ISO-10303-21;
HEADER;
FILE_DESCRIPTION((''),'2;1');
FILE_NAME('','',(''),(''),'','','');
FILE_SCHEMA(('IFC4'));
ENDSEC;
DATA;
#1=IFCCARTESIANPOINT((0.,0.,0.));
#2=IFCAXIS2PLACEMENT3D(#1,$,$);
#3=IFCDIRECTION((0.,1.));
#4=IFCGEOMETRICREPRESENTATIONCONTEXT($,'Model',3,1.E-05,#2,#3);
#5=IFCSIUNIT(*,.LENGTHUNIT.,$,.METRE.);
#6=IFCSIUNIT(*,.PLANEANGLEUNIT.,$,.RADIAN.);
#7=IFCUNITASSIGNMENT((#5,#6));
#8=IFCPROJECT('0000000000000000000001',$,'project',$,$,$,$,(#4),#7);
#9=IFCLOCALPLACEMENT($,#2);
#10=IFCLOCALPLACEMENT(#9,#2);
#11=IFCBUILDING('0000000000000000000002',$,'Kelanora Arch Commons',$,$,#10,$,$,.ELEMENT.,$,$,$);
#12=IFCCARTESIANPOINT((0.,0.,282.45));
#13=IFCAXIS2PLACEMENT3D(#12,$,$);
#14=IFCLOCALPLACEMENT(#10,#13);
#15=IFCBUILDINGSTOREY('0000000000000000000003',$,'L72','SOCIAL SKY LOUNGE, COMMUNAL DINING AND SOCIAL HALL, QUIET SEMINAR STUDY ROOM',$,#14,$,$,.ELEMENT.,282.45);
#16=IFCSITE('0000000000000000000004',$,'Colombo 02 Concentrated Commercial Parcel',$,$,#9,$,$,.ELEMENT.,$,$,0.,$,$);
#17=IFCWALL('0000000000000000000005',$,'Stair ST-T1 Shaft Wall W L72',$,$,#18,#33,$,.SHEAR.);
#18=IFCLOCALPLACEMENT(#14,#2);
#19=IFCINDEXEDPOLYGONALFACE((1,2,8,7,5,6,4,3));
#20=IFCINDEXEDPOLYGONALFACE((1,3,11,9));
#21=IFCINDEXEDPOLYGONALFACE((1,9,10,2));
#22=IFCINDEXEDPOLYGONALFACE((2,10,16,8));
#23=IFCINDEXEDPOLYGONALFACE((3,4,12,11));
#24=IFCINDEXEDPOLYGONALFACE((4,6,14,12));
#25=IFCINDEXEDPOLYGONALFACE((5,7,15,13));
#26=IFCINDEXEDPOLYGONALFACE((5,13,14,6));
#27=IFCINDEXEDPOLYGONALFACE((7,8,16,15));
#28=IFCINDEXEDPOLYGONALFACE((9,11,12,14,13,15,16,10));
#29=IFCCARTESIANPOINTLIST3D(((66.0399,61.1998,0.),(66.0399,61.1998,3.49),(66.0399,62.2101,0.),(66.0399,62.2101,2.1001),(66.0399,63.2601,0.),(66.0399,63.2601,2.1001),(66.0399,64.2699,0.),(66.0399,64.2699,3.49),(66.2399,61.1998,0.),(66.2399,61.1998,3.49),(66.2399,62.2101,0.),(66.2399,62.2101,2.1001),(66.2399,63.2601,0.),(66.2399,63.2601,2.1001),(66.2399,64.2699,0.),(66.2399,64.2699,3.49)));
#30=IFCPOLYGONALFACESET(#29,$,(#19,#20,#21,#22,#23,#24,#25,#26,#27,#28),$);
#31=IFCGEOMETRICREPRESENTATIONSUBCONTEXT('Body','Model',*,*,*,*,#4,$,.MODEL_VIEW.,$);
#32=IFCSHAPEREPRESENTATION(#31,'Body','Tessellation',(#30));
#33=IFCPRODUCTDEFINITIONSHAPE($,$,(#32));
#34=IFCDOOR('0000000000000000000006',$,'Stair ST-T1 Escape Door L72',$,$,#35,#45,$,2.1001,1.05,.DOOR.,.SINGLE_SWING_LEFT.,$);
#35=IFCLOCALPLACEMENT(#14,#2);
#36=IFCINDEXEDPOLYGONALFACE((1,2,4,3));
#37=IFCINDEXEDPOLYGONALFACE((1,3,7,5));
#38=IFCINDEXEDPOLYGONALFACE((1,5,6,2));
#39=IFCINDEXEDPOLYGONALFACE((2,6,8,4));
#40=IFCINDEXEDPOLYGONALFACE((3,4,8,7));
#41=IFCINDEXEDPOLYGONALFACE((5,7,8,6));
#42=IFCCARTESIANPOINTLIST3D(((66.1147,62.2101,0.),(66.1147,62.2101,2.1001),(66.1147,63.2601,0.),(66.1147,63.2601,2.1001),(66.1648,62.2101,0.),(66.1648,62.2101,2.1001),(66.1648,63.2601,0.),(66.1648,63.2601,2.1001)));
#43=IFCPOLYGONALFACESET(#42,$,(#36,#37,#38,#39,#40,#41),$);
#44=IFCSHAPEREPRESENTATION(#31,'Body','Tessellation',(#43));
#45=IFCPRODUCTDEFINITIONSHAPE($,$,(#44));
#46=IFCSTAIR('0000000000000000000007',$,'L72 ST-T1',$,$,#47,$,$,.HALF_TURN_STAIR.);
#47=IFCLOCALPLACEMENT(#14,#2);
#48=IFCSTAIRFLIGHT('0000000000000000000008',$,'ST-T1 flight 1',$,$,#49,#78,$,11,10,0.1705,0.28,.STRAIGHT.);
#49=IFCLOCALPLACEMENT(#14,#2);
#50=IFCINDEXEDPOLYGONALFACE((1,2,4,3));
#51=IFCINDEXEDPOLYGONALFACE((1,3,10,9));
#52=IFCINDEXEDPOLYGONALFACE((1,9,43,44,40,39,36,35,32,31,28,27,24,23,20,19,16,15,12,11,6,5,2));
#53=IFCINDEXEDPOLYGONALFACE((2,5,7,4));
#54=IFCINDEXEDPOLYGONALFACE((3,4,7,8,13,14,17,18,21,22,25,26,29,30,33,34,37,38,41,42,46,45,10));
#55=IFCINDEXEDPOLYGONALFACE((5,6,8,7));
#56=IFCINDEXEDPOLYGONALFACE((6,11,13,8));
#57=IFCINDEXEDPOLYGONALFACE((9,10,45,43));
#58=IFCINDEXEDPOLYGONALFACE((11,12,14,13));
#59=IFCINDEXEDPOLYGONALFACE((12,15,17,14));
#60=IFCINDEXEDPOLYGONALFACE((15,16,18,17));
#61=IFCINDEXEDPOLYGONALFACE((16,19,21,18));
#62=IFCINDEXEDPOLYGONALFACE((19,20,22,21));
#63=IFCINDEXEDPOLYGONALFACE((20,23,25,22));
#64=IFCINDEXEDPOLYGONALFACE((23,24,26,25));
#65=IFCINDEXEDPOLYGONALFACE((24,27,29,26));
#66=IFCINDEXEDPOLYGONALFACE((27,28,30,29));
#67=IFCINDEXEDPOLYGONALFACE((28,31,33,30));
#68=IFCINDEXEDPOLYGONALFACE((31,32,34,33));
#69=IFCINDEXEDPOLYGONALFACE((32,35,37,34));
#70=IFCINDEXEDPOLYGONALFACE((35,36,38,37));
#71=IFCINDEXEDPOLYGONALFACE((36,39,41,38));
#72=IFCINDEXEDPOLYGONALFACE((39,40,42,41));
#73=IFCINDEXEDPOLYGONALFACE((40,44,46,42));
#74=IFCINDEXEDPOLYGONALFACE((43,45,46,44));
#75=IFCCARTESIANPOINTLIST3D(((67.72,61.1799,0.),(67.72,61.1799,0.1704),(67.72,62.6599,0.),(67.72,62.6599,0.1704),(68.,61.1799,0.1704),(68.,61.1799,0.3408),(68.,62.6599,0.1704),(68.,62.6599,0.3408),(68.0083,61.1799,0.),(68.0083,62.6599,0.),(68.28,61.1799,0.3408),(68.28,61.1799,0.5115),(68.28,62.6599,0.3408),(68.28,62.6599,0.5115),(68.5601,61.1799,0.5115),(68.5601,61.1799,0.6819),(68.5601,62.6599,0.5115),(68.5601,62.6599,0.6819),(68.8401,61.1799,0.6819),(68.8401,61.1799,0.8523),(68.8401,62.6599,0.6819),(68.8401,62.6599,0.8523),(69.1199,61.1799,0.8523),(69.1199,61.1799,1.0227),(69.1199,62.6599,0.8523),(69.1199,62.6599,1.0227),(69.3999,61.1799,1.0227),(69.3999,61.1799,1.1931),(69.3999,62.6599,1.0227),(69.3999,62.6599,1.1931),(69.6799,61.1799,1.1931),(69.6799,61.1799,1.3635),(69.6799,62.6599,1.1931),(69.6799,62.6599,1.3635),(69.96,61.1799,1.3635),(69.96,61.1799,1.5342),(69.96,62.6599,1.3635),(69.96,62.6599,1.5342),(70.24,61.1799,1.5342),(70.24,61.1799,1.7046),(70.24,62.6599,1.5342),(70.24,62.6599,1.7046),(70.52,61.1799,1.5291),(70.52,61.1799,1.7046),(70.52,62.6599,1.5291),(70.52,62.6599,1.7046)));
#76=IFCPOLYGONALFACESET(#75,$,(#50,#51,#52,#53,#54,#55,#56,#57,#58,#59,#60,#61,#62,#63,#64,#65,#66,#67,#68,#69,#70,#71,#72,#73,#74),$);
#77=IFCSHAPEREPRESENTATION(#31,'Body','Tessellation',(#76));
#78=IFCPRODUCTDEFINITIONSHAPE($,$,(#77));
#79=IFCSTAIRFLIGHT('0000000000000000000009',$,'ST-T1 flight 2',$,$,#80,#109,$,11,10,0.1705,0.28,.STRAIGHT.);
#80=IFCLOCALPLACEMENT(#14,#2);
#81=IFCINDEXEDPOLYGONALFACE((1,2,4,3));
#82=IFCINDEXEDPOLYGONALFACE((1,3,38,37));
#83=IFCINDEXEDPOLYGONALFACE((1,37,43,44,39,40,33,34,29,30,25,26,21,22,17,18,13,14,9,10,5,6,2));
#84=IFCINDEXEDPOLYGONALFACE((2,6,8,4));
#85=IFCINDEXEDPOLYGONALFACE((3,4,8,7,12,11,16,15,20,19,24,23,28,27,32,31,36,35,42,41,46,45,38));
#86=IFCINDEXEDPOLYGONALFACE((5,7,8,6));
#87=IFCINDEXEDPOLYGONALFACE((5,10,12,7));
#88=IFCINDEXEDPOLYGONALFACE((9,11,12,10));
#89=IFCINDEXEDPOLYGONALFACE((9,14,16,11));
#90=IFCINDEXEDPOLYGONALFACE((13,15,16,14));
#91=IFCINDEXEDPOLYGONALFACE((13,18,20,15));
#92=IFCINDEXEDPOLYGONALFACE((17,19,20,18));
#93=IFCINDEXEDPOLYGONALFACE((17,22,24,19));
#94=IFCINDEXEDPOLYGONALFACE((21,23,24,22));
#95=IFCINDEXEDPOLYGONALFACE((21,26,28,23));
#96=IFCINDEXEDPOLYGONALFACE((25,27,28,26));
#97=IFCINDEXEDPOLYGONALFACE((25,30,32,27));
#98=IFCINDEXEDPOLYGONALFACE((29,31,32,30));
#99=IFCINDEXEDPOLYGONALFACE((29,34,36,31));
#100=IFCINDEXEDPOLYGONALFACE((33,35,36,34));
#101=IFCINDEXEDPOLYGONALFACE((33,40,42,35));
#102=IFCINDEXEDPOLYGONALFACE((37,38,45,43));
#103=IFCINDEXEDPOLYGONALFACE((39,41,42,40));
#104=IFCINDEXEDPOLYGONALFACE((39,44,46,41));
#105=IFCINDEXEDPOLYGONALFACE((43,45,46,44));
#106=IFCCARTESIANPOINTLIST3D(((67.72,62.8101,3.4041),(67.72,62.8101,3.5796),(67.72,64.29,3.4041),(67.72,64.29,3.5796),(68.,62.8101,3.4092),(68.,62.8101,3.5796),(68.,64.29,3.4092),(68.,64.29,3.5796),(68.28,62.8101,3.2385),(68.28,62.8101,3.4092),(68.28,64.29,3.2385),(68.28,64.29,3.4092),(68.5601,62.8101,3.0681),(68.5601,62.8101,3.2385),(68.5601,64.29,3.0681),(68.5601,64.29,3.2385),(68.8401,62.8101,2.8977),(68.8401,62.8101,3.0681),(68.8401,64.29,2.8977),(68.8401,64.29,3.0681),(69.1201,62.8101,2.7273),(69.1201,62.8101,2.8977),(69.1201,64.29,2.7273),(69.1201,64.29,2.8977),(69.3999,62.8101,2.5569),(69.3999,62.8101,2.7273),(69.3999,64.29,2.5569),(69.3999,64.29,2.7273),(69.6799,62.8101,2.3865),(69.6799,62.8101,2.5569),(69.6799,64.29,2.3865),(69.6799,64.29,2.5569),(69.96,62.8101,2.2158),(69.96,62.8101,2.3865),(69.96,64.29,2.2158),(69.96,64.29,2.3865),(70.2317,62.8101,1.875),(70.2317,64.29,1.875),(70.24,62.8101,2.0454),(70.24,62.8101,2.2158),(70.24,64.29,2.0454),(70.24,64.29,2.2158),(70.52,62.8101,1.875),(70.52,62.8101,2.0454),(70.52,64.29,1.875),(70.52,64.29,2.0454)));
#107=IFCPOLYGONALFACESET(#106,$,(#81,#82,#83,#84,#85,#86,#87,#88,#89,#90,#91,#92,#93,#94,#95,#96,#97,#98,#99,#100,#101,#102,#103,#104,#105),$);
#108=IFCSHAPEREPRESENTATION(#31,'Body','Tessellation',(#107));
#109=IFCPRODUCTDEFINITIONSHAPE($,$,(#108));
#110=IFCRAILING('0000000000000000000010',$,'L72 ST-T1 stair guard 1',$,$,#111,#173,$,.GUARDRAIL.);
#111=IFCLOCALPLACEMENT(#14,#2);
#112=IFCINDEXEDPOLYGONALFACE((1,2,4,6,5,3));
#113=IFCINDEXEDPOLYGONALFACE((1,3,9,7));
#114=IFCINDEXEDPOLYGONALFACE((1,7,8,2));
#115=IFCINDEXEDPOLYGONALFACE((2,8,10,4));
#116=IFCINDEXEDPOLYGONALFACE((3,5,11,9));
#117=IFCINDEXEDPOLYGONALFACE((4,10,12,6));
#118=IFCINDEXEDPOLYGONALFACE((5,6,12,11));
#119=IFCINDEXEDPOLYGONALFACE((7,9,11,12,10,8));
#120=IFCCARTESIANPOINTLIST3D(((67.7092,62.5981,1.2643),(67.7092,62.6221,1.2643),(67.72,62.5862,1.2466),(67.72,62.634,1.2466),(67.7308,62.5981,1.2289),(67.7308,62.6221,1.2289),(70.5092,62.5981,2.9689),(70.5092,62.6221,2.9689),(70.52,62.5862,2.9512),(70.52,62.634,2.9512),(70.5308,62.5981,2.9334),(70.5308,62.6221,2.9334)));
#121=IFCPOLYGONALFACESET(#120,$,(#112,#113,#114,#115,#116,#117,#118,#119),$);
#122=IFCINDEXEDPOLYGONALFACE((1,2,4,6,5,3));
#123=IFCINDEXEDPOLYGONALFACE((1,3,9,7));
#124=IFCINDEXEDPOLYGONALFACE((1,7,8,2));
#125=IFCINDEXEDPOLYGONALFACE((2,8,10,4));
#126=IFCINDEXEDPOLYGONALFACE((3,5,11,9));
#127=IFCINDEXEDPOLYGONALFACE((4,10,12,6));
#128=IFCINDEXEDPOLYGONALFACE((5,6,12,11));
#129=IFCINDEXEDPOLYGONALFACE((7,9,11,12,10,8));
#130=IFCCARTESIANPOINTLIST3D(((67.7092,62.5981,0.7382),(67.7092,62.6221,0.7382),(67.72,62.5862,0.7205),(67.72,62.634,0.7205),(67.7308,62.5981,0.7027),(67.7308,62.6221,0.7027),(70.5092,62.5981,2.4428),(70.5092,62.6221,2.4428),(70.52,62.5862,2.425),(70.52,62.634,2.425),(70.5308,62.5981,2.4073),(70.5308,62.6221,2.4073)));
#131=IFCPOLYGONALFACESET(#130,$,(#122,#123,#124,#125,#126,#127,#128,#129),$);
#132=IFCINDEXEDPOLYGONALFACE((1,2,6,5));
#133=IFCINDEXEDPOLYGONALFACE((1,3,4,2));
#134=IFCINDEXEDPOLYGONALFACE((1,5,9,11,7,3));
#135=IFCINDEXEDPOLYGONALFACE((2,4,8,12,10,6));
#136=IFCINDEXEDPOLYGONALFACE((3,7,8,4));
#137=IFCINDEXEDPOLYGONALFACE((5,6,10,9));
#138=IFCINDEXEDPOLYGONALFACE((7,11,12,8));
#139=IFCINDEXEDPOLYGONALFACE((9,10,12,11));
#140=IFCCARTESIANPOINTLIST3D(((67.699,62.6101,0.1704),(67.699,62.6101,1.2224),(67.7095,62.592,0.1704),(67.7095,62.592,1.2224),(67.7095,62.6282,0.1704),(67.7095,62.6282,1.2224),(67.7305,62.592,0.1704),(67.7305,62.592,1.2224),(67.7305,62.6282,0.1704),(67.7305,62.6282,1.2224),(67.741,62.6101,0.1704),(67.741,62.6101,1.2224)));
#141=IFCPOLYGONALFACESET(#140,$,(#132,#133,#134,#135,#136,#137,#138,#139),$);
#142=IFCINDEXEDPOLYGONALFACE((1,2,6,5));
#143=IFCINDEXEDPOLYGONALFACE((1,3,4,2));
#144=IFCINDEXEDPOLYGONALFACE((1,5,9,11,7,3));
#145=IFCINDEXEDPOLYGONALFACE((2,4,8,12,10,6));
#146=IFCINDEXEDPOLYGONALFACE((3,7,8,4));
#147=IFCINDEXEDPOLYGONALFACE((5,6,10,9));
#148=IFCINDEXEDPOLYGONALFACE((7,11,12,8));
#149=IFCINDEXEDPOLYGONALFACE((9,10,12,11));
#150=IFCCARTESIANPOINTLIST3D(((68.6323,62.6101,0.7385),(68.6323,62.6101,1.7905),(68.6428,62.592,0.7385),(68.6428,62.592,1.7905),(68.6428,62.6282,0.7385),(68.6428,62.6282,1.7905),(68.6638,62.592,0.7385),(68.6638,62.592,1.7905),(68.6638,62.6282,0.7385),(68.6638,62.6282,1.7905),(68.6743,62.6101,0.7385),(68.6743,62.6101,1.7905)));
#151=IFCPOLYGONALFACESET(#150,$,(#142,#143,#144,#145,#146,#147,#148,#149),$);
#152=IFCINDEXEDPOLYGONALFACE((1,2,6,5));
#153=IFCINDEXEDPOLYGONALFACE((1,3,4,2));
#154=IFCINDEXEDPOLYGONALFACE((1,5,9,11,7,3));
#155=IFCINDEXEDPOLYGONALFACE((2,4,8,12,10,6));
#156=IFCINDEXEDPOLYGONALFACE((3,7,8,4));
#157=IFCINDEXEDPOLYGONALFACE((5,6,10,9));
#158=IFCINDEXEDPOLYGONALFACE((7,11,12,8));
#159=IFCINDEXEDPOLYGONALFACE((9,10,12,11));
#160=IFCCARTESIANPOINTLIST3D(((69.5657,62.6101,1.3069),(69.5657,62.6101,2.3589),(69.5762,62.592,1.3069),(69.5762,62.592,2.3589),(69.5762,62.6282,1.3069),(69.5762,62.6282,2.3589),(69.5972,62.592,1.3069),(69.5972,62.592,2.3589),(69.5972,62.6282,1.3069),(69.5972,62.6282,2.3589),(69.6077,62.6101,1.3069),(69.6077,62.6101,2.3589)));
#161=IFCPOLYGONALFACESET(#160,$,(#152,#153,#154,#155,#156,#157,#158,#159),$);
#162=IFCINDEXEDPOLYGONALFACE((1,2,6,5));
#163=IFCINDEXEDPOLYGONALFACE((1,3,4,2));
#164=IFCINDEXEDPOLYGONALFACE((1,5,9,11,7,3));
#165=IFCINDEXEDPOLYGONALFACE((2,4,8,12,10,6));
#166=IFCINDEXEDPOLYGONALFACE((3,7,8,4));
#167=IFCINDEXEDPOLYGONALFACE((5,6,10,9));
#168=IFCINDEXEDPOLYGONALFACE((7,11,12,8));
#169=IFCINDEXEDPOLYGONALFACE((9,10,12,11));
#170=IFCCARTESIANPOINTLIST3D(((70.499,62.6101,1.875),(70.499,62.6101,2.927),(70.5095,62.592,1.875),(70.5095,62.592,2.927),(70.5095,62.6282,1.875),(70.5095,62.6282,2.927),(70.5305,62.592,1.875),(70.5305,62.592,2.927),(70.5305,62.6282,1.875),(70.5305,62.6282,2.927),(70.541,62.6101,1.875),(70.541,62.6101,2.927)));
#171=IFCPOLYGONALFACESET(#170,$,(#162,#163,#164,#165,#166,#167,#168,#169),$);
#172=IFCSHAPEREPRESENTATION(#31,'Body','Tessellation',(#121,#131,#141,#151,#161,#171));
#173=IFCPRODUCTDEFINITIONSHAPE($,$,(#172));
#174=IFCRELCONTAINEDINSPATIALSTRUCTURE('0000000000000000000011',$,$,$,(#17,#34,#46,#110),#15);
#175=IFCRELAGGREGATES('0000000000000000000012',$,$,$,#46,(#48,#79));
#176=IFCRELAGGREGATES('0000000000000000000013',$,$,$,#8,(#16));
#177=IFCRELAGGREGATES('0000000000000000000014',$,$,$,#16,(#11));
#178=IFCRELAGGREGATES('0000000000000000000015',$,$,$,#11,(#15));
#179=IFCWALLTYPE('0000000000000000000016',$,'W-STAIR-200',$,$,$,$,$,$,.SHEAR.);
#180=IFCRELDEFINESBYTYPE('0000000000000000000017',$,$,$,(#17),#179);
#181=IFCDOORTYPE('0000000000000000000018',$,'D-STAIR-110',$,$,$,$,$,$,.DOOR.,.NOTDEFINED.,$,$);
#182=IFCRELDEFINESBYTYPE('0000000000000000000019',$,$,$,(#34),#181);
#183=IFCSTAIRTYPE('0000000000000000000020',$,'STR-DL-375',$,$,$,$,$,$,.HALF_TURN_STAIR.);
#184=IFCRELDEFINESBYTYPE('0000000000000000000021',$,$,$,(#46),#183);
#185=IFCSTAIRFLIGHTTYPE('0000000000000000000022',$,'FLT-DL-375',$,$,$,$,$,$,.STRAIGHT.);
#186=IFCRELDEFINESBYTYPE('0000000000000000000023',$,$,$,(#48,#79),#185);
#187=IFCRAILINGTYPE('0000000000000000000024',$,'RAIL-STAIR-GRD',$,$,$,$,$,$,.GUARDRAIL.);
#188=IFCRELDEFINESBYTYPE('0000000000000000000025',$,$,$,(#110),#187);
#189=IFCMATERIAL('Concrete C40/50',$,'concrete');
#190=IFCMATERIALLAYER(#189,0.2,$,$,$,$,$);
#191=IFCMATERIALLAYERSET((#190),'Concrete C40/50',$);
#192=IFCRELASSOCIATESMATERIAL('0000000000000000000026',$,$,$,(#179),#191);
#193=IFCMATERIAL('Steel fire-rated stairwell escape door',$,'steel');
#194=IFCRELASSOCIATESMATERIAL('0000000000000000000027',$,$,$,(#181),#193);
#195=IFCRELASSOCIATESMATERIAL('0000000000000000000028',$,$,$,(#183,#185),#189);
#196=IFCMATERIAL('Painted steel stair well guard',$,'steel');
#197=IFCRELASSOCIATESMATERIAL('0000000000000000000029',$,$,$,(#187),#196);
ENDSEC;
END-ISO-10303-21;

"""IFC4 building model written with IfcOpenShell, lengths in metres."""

from ifc_helpers import new_model, si_unit, direction, frame, frame_2d, origin, place, context, subcontext, project, spatial, polyline, rectangle, outline, extrude, material, layer, layer_set, type_object, element, fill, aggregate, save


model = new_model("IFC4")

# Units and contexts
model_context = context("Model", 3, precision=1e-05, world=origin(), true_north=direction((0.0, 1.0)))
body_context = subcontext(model_context, "Body", "Model", "MODEL_VIEW")
ifc_project = project(units=[si_unit("LENGTHUNIT", "METRE"), si_unit("PLANEANGLEUNIT", "RADIAN")], contexts=[model_context])

# Site, building, storey
site_placement = place(None, origin())
site = spatial("IfcSite", under=ifc_project, at=site_placement, Name="Colombo 02 Concentrated Commercial Parcel", CompositionType="ELEMENT", RefElevation=0.0)
building_placement = place(site_placement, origin())
building = spatial("IfcBuilding", under=site, at=building_placement, Name="Kelanora Arch Commons", CompositionType="ELEMENT")
storey_placement = place(building_placement, frame((0.0, 0.0, 282.45)))
storey = spatial("IfcBuildingStorey", under=building, at=storey_placement, Name="L72", Description="SOCIAL SKY LOUNGE, COMMUNAL DINING AND SOCIAL HALL, QUIET SEMINAR STUDY ROOM", CompositionType="ELEMENT", Elevation=282.45)

# Shared definitions
ifc_material_1 = material(Name="Concrete C40/50", Category="concrete")
ifc_layer_1 = layer(ifc_material_1, 0.2)
ifc_layer_set_1 = layer_set([ifc_layer_1], Name="Concrete C40/50")
wall_type_1 = type_object("IfcWallType", Name="W-STAIR-200", PredefinedType="SHEAR", material=ifc_layer_set_1)

# Wall, opening, door
wall_1_placement = place(storey_placement, frame((66.1399, 64.27, 0.0), z_axis=(0.0, 0.0, 1.0), x_axis=(0.0, -1.0, 0.0)))
wall_1 = element("IfcWall", 1, at=wall_1_placement, inside=storey, type_object=wall_type_1, Name="Stair ST-T1 Shaft Wall W L72", PredefinedType="SHEAR", context=body_context, shape_type="SweptSolid", body=[
    extrude(rectangle(XDim=3.0701, YDim=0.2, at=frame_2d((1.5352, 0.0))), origin(), (0.0, 0.0, 1.0), 3.49),
])
opening_1_placement = place(wall_1_placement, frame((1.01, 0.0, 0.0)))
opening_1 = element("IfcOpeningElement", 2, at=opening_1_placement, cuts=wall_1, PredefinedType="OPENING", context=body_context, shape_type="SweptSolid", body=[
    extrude(rectangle(XDim=1.05, YDim=2.1001, at=frame_2d((0.5249, 1.05))), frame((0.0, 0.1099, 0.0), z_axis=(0.0, -1.0, 0.0), x_axis=(1.0, 0.0, 0.0)), (0.0, 0.0, 1.0), 0.22),
])
ifc_material_2 = material(Name="Steel fire-rated stairwell escape door", Category="steel")
door_type_1 = type_object("IfcDoorType", Name="D-STAIR-110", OperationType="NOTDEFINED", PredefinedType="DOOR", material=ifc_material_2)
door_1_placement = place(opening_1_placement, origin())
door_1 = element("IfcDoor", 3, at=door_1_placement, inside=storey, type_object=door_type_1, Name="Stair ST-T1 Escape Door L72", OperationType="SINGLE_SWING_LEFT", OverallHeight=2.1001, OverallWidth=1.05, PredefinedType="DOOR", context=body_context, shape_type="SweptSolid", body=[
    extrude(rectangle(XDim=1.05, YDim=2.1001, at=frame_2d((0.5249, 1.05))), frame((0.0, 0.0249, 0.0), z_axis=(0.0, -1.0, 0.0), x_axis=(1.0, 0.0, 0.0)), (0.0, 0.0, 1.0), 0.05),
])
fill(opening_1, door_1)

# Stair, stair flights
stair_type = type_object("IfcStairType", Name="STR-DL-375", PredefinedType="HALF_TURN_STAIR", material=ifc_material_1)
stair_placement = place(storey_placement, origin())
stair = element("IfcStair", 4, at=stair_placement, inside=storey, type_object=stair_type, Name="L72 ST-T1", PredefinedType="HALF_TURN_STAIR")
stair_flight_type = type_object("IfcStairFlightType", Name="FLT-DL-375", PredefinedType="STRAIGHT", material=ifc_material_1)
stair_flight_1_placement = place(storey_placement, frame((67.72, 61.9199, 0.0), z_axis=(0.0, 0.0, 1.0), x_axis=(1.0, 0.0, 0.0)))
stair_flight_1 = element("IfcStairFlight", 5, at=stair_flight_1_placement, type_object=stair_flight_type, Name="ST-T1 flight 1", NumberOfRisers=11, NumberOfTreads=10, PredefinedType="STRAIGHT", RiserHeight=0.1705, TreadLength=0.28, context=body_context, shape_type="SweptSolid", body=[
    extrude(outline(polyline([(0.0, 0.0), (0.0, 0.1704), (0.28, 0.1704), (0.28, 0.3408), (0.5601, 0.3408), (0.5601, 0.5115), (0.8401, 0.5115), (0.8401, 0.6819), (1.1201, 0.6819), (1.1201, 0.8523), (1.3999, 0.8523), (1.3999, 1.0227), (1.6799, 1.0227), (1.6799, 1.1931), (1.96, 1.1931), (1.96, 1.3635), (2.24, 1.3635), (2.24, 1.5342), (2.52, 1.5342), (2.52, 1.7046), (2.8, 1.7046), (2.8, 1.875), (2.8, 1.5291), (0.2883, 0.0), (0.0, 0.0)])), frame((0.0, 0.74, 0.0), z_axis=(0.0, -1.0, 0.0), x_axis=(1.0, 0.0, 0.0)), (0.0, 0.0, 1.0), 1.48),
])
stair_flight_2_placement = place(storey_placement, frame((70.52, 63.55, 1.875), z_axis=(0.0, 0.0, 1.0), x_axis=(-1.0, 0.0, 0.0)))
stair_flight_2 = element("IfcStairFlight", 6, at=stair_flight_2_placement, type_object=stair_flight_type, Name="ST-T1 flight 2", NumberOfRisers=11, NumberOfTreads=10, PredefinedType="STRAIGHT", RiserHeight=0.1705, TreadLength=0.28, context=body_context, shape_type="SweptSolid", body=[
    extrude(outline(polyline([(0.0, 0.0), (0.0, 0.1704), (0.28, 0.1704), (0.28, 0.3408), (0.5601, 0.3408), (0.5601, 0.5115), (0.8401, 0.5115), (0.8401, 0.6819), (1.1201, 0.6819), (1.1201, 0.8523), (1.3999, 0.8523), (1.3999, 1.0227), (1.6799, 1.0227), (1.6799, 1.1931), (1.96, 1.1931), (1.96, 1.3635), (2.24, 1.3635), (2.24, 1.5342), (2.52, 1.5342), (2.52, 1.7046), (2.8, 1.7046), (2.8, 1.875), (2.8, 1.5291), (0.2883, 0.0), (0.0, 0.0)])), frame((0.0, 0.74, 0.0), z_axis=(0.0, -1.0, 0.0), x_axis=(1.0, 0.0, 0.0)), (0.0, 0.0, 1.0), 1.48),
])
aggregate(stair, [stair_flight_1, stair_flight_2])

# Railing
ifc_material_3 = material(Name="Painted steel stair well guard", Category="steel")
railing_type_1 = type_object("IfcRailingType", Name="RAIL-STAIR-GRD", PredefinedType="GUARDRAIL", material=ifc_material_3)
railing_1_placement = place(storey_placement, frame((67.72, 62.6101, 0.1704)))
element("IfcRailing", 7, at=railing_1_placement, inside=storey, type_object=railing_type_1, Name="L72 ST-T1 stair guard 1", PredefinedType="GUARDRAIL", context=body_context, shape_type="SweptSolid", body=[
    extrude(outline(polyline([(0.0239, 0.0), (0.012, 0.0208), (-0.012, 0.0208), (-0.0239, 0.0), (-0.012, -0.0208), (0.012, -0.0208), (0.0239, 0.0)])), frame((0.0, 0.0, 1.0762), z_axis=(0.85417, 0.0, 0.519994), x_axis=(0.0, 1.0, 0.0)), (0.0, 0.0, 1.0), 3.2781),
    extrude(outline(polyline([(0.0239, 0.0), (0.012, 0.0208), (-0.012, 0.0208), (-0.0239, 0.0), (-0.012, -0.0208), (0.012, -0.0208), (0.0239, 0.0)])), frame((0.0, 0.0, 0.55), z_axis=(0.85417, 0.0, 0.519994), x_axis=(0.0, 1.0, 0.0)), (0.0, 0.0, 1.0), 3.2781),
    extrude(outline(polyline([(0.021, 0.0), (0.0105, 0.0181), (-0.0105, 0.0181), (-0.021, 0.0), (-0.0105, -0.0181), (0.0105, -0.0181), (0.021, 0.0)])), origin(), (0.0, 0.0, 1.0), 1.052),
    extrude(outline(polyline([(0.021, 0.0), (0.0105, 0.0181), (-0.0105, 0.0181), (-0.021, 0.0), (-0.0105, -0.0181), (0.0105, -0.0181), (0.021, 0.0)])), frame((0.9333, 0.0, 0.5681)), (0.0, 0.0, 1.0), 1.052),
    extrude(outline(polyline([(0.021, 0.0), (0.0105, 0.0181), (-0.0105, 0.0181), (-0.021, 0.0), (-0.0105, -0.0181), (0.0105, -0.0181), (0.021, 0.0)])), frame((1.8667, 0.0, 1.1365)), (0.0, 0.0, 1.0), 1.052),
    extrude(outline(polyline([(0.021, 0.0), (0.0105, 0.0181), (-0.0105, 0.0181), (-0.021, 0.0), (-0.0105, -0.0181), (0.0105, -0.0181), (0.021, 0.0)])), frame((2.8, 0.0, 1.7046)), (0.0, 0.0, 1.0), 1.052),
])

save(model, "model.ifc")
